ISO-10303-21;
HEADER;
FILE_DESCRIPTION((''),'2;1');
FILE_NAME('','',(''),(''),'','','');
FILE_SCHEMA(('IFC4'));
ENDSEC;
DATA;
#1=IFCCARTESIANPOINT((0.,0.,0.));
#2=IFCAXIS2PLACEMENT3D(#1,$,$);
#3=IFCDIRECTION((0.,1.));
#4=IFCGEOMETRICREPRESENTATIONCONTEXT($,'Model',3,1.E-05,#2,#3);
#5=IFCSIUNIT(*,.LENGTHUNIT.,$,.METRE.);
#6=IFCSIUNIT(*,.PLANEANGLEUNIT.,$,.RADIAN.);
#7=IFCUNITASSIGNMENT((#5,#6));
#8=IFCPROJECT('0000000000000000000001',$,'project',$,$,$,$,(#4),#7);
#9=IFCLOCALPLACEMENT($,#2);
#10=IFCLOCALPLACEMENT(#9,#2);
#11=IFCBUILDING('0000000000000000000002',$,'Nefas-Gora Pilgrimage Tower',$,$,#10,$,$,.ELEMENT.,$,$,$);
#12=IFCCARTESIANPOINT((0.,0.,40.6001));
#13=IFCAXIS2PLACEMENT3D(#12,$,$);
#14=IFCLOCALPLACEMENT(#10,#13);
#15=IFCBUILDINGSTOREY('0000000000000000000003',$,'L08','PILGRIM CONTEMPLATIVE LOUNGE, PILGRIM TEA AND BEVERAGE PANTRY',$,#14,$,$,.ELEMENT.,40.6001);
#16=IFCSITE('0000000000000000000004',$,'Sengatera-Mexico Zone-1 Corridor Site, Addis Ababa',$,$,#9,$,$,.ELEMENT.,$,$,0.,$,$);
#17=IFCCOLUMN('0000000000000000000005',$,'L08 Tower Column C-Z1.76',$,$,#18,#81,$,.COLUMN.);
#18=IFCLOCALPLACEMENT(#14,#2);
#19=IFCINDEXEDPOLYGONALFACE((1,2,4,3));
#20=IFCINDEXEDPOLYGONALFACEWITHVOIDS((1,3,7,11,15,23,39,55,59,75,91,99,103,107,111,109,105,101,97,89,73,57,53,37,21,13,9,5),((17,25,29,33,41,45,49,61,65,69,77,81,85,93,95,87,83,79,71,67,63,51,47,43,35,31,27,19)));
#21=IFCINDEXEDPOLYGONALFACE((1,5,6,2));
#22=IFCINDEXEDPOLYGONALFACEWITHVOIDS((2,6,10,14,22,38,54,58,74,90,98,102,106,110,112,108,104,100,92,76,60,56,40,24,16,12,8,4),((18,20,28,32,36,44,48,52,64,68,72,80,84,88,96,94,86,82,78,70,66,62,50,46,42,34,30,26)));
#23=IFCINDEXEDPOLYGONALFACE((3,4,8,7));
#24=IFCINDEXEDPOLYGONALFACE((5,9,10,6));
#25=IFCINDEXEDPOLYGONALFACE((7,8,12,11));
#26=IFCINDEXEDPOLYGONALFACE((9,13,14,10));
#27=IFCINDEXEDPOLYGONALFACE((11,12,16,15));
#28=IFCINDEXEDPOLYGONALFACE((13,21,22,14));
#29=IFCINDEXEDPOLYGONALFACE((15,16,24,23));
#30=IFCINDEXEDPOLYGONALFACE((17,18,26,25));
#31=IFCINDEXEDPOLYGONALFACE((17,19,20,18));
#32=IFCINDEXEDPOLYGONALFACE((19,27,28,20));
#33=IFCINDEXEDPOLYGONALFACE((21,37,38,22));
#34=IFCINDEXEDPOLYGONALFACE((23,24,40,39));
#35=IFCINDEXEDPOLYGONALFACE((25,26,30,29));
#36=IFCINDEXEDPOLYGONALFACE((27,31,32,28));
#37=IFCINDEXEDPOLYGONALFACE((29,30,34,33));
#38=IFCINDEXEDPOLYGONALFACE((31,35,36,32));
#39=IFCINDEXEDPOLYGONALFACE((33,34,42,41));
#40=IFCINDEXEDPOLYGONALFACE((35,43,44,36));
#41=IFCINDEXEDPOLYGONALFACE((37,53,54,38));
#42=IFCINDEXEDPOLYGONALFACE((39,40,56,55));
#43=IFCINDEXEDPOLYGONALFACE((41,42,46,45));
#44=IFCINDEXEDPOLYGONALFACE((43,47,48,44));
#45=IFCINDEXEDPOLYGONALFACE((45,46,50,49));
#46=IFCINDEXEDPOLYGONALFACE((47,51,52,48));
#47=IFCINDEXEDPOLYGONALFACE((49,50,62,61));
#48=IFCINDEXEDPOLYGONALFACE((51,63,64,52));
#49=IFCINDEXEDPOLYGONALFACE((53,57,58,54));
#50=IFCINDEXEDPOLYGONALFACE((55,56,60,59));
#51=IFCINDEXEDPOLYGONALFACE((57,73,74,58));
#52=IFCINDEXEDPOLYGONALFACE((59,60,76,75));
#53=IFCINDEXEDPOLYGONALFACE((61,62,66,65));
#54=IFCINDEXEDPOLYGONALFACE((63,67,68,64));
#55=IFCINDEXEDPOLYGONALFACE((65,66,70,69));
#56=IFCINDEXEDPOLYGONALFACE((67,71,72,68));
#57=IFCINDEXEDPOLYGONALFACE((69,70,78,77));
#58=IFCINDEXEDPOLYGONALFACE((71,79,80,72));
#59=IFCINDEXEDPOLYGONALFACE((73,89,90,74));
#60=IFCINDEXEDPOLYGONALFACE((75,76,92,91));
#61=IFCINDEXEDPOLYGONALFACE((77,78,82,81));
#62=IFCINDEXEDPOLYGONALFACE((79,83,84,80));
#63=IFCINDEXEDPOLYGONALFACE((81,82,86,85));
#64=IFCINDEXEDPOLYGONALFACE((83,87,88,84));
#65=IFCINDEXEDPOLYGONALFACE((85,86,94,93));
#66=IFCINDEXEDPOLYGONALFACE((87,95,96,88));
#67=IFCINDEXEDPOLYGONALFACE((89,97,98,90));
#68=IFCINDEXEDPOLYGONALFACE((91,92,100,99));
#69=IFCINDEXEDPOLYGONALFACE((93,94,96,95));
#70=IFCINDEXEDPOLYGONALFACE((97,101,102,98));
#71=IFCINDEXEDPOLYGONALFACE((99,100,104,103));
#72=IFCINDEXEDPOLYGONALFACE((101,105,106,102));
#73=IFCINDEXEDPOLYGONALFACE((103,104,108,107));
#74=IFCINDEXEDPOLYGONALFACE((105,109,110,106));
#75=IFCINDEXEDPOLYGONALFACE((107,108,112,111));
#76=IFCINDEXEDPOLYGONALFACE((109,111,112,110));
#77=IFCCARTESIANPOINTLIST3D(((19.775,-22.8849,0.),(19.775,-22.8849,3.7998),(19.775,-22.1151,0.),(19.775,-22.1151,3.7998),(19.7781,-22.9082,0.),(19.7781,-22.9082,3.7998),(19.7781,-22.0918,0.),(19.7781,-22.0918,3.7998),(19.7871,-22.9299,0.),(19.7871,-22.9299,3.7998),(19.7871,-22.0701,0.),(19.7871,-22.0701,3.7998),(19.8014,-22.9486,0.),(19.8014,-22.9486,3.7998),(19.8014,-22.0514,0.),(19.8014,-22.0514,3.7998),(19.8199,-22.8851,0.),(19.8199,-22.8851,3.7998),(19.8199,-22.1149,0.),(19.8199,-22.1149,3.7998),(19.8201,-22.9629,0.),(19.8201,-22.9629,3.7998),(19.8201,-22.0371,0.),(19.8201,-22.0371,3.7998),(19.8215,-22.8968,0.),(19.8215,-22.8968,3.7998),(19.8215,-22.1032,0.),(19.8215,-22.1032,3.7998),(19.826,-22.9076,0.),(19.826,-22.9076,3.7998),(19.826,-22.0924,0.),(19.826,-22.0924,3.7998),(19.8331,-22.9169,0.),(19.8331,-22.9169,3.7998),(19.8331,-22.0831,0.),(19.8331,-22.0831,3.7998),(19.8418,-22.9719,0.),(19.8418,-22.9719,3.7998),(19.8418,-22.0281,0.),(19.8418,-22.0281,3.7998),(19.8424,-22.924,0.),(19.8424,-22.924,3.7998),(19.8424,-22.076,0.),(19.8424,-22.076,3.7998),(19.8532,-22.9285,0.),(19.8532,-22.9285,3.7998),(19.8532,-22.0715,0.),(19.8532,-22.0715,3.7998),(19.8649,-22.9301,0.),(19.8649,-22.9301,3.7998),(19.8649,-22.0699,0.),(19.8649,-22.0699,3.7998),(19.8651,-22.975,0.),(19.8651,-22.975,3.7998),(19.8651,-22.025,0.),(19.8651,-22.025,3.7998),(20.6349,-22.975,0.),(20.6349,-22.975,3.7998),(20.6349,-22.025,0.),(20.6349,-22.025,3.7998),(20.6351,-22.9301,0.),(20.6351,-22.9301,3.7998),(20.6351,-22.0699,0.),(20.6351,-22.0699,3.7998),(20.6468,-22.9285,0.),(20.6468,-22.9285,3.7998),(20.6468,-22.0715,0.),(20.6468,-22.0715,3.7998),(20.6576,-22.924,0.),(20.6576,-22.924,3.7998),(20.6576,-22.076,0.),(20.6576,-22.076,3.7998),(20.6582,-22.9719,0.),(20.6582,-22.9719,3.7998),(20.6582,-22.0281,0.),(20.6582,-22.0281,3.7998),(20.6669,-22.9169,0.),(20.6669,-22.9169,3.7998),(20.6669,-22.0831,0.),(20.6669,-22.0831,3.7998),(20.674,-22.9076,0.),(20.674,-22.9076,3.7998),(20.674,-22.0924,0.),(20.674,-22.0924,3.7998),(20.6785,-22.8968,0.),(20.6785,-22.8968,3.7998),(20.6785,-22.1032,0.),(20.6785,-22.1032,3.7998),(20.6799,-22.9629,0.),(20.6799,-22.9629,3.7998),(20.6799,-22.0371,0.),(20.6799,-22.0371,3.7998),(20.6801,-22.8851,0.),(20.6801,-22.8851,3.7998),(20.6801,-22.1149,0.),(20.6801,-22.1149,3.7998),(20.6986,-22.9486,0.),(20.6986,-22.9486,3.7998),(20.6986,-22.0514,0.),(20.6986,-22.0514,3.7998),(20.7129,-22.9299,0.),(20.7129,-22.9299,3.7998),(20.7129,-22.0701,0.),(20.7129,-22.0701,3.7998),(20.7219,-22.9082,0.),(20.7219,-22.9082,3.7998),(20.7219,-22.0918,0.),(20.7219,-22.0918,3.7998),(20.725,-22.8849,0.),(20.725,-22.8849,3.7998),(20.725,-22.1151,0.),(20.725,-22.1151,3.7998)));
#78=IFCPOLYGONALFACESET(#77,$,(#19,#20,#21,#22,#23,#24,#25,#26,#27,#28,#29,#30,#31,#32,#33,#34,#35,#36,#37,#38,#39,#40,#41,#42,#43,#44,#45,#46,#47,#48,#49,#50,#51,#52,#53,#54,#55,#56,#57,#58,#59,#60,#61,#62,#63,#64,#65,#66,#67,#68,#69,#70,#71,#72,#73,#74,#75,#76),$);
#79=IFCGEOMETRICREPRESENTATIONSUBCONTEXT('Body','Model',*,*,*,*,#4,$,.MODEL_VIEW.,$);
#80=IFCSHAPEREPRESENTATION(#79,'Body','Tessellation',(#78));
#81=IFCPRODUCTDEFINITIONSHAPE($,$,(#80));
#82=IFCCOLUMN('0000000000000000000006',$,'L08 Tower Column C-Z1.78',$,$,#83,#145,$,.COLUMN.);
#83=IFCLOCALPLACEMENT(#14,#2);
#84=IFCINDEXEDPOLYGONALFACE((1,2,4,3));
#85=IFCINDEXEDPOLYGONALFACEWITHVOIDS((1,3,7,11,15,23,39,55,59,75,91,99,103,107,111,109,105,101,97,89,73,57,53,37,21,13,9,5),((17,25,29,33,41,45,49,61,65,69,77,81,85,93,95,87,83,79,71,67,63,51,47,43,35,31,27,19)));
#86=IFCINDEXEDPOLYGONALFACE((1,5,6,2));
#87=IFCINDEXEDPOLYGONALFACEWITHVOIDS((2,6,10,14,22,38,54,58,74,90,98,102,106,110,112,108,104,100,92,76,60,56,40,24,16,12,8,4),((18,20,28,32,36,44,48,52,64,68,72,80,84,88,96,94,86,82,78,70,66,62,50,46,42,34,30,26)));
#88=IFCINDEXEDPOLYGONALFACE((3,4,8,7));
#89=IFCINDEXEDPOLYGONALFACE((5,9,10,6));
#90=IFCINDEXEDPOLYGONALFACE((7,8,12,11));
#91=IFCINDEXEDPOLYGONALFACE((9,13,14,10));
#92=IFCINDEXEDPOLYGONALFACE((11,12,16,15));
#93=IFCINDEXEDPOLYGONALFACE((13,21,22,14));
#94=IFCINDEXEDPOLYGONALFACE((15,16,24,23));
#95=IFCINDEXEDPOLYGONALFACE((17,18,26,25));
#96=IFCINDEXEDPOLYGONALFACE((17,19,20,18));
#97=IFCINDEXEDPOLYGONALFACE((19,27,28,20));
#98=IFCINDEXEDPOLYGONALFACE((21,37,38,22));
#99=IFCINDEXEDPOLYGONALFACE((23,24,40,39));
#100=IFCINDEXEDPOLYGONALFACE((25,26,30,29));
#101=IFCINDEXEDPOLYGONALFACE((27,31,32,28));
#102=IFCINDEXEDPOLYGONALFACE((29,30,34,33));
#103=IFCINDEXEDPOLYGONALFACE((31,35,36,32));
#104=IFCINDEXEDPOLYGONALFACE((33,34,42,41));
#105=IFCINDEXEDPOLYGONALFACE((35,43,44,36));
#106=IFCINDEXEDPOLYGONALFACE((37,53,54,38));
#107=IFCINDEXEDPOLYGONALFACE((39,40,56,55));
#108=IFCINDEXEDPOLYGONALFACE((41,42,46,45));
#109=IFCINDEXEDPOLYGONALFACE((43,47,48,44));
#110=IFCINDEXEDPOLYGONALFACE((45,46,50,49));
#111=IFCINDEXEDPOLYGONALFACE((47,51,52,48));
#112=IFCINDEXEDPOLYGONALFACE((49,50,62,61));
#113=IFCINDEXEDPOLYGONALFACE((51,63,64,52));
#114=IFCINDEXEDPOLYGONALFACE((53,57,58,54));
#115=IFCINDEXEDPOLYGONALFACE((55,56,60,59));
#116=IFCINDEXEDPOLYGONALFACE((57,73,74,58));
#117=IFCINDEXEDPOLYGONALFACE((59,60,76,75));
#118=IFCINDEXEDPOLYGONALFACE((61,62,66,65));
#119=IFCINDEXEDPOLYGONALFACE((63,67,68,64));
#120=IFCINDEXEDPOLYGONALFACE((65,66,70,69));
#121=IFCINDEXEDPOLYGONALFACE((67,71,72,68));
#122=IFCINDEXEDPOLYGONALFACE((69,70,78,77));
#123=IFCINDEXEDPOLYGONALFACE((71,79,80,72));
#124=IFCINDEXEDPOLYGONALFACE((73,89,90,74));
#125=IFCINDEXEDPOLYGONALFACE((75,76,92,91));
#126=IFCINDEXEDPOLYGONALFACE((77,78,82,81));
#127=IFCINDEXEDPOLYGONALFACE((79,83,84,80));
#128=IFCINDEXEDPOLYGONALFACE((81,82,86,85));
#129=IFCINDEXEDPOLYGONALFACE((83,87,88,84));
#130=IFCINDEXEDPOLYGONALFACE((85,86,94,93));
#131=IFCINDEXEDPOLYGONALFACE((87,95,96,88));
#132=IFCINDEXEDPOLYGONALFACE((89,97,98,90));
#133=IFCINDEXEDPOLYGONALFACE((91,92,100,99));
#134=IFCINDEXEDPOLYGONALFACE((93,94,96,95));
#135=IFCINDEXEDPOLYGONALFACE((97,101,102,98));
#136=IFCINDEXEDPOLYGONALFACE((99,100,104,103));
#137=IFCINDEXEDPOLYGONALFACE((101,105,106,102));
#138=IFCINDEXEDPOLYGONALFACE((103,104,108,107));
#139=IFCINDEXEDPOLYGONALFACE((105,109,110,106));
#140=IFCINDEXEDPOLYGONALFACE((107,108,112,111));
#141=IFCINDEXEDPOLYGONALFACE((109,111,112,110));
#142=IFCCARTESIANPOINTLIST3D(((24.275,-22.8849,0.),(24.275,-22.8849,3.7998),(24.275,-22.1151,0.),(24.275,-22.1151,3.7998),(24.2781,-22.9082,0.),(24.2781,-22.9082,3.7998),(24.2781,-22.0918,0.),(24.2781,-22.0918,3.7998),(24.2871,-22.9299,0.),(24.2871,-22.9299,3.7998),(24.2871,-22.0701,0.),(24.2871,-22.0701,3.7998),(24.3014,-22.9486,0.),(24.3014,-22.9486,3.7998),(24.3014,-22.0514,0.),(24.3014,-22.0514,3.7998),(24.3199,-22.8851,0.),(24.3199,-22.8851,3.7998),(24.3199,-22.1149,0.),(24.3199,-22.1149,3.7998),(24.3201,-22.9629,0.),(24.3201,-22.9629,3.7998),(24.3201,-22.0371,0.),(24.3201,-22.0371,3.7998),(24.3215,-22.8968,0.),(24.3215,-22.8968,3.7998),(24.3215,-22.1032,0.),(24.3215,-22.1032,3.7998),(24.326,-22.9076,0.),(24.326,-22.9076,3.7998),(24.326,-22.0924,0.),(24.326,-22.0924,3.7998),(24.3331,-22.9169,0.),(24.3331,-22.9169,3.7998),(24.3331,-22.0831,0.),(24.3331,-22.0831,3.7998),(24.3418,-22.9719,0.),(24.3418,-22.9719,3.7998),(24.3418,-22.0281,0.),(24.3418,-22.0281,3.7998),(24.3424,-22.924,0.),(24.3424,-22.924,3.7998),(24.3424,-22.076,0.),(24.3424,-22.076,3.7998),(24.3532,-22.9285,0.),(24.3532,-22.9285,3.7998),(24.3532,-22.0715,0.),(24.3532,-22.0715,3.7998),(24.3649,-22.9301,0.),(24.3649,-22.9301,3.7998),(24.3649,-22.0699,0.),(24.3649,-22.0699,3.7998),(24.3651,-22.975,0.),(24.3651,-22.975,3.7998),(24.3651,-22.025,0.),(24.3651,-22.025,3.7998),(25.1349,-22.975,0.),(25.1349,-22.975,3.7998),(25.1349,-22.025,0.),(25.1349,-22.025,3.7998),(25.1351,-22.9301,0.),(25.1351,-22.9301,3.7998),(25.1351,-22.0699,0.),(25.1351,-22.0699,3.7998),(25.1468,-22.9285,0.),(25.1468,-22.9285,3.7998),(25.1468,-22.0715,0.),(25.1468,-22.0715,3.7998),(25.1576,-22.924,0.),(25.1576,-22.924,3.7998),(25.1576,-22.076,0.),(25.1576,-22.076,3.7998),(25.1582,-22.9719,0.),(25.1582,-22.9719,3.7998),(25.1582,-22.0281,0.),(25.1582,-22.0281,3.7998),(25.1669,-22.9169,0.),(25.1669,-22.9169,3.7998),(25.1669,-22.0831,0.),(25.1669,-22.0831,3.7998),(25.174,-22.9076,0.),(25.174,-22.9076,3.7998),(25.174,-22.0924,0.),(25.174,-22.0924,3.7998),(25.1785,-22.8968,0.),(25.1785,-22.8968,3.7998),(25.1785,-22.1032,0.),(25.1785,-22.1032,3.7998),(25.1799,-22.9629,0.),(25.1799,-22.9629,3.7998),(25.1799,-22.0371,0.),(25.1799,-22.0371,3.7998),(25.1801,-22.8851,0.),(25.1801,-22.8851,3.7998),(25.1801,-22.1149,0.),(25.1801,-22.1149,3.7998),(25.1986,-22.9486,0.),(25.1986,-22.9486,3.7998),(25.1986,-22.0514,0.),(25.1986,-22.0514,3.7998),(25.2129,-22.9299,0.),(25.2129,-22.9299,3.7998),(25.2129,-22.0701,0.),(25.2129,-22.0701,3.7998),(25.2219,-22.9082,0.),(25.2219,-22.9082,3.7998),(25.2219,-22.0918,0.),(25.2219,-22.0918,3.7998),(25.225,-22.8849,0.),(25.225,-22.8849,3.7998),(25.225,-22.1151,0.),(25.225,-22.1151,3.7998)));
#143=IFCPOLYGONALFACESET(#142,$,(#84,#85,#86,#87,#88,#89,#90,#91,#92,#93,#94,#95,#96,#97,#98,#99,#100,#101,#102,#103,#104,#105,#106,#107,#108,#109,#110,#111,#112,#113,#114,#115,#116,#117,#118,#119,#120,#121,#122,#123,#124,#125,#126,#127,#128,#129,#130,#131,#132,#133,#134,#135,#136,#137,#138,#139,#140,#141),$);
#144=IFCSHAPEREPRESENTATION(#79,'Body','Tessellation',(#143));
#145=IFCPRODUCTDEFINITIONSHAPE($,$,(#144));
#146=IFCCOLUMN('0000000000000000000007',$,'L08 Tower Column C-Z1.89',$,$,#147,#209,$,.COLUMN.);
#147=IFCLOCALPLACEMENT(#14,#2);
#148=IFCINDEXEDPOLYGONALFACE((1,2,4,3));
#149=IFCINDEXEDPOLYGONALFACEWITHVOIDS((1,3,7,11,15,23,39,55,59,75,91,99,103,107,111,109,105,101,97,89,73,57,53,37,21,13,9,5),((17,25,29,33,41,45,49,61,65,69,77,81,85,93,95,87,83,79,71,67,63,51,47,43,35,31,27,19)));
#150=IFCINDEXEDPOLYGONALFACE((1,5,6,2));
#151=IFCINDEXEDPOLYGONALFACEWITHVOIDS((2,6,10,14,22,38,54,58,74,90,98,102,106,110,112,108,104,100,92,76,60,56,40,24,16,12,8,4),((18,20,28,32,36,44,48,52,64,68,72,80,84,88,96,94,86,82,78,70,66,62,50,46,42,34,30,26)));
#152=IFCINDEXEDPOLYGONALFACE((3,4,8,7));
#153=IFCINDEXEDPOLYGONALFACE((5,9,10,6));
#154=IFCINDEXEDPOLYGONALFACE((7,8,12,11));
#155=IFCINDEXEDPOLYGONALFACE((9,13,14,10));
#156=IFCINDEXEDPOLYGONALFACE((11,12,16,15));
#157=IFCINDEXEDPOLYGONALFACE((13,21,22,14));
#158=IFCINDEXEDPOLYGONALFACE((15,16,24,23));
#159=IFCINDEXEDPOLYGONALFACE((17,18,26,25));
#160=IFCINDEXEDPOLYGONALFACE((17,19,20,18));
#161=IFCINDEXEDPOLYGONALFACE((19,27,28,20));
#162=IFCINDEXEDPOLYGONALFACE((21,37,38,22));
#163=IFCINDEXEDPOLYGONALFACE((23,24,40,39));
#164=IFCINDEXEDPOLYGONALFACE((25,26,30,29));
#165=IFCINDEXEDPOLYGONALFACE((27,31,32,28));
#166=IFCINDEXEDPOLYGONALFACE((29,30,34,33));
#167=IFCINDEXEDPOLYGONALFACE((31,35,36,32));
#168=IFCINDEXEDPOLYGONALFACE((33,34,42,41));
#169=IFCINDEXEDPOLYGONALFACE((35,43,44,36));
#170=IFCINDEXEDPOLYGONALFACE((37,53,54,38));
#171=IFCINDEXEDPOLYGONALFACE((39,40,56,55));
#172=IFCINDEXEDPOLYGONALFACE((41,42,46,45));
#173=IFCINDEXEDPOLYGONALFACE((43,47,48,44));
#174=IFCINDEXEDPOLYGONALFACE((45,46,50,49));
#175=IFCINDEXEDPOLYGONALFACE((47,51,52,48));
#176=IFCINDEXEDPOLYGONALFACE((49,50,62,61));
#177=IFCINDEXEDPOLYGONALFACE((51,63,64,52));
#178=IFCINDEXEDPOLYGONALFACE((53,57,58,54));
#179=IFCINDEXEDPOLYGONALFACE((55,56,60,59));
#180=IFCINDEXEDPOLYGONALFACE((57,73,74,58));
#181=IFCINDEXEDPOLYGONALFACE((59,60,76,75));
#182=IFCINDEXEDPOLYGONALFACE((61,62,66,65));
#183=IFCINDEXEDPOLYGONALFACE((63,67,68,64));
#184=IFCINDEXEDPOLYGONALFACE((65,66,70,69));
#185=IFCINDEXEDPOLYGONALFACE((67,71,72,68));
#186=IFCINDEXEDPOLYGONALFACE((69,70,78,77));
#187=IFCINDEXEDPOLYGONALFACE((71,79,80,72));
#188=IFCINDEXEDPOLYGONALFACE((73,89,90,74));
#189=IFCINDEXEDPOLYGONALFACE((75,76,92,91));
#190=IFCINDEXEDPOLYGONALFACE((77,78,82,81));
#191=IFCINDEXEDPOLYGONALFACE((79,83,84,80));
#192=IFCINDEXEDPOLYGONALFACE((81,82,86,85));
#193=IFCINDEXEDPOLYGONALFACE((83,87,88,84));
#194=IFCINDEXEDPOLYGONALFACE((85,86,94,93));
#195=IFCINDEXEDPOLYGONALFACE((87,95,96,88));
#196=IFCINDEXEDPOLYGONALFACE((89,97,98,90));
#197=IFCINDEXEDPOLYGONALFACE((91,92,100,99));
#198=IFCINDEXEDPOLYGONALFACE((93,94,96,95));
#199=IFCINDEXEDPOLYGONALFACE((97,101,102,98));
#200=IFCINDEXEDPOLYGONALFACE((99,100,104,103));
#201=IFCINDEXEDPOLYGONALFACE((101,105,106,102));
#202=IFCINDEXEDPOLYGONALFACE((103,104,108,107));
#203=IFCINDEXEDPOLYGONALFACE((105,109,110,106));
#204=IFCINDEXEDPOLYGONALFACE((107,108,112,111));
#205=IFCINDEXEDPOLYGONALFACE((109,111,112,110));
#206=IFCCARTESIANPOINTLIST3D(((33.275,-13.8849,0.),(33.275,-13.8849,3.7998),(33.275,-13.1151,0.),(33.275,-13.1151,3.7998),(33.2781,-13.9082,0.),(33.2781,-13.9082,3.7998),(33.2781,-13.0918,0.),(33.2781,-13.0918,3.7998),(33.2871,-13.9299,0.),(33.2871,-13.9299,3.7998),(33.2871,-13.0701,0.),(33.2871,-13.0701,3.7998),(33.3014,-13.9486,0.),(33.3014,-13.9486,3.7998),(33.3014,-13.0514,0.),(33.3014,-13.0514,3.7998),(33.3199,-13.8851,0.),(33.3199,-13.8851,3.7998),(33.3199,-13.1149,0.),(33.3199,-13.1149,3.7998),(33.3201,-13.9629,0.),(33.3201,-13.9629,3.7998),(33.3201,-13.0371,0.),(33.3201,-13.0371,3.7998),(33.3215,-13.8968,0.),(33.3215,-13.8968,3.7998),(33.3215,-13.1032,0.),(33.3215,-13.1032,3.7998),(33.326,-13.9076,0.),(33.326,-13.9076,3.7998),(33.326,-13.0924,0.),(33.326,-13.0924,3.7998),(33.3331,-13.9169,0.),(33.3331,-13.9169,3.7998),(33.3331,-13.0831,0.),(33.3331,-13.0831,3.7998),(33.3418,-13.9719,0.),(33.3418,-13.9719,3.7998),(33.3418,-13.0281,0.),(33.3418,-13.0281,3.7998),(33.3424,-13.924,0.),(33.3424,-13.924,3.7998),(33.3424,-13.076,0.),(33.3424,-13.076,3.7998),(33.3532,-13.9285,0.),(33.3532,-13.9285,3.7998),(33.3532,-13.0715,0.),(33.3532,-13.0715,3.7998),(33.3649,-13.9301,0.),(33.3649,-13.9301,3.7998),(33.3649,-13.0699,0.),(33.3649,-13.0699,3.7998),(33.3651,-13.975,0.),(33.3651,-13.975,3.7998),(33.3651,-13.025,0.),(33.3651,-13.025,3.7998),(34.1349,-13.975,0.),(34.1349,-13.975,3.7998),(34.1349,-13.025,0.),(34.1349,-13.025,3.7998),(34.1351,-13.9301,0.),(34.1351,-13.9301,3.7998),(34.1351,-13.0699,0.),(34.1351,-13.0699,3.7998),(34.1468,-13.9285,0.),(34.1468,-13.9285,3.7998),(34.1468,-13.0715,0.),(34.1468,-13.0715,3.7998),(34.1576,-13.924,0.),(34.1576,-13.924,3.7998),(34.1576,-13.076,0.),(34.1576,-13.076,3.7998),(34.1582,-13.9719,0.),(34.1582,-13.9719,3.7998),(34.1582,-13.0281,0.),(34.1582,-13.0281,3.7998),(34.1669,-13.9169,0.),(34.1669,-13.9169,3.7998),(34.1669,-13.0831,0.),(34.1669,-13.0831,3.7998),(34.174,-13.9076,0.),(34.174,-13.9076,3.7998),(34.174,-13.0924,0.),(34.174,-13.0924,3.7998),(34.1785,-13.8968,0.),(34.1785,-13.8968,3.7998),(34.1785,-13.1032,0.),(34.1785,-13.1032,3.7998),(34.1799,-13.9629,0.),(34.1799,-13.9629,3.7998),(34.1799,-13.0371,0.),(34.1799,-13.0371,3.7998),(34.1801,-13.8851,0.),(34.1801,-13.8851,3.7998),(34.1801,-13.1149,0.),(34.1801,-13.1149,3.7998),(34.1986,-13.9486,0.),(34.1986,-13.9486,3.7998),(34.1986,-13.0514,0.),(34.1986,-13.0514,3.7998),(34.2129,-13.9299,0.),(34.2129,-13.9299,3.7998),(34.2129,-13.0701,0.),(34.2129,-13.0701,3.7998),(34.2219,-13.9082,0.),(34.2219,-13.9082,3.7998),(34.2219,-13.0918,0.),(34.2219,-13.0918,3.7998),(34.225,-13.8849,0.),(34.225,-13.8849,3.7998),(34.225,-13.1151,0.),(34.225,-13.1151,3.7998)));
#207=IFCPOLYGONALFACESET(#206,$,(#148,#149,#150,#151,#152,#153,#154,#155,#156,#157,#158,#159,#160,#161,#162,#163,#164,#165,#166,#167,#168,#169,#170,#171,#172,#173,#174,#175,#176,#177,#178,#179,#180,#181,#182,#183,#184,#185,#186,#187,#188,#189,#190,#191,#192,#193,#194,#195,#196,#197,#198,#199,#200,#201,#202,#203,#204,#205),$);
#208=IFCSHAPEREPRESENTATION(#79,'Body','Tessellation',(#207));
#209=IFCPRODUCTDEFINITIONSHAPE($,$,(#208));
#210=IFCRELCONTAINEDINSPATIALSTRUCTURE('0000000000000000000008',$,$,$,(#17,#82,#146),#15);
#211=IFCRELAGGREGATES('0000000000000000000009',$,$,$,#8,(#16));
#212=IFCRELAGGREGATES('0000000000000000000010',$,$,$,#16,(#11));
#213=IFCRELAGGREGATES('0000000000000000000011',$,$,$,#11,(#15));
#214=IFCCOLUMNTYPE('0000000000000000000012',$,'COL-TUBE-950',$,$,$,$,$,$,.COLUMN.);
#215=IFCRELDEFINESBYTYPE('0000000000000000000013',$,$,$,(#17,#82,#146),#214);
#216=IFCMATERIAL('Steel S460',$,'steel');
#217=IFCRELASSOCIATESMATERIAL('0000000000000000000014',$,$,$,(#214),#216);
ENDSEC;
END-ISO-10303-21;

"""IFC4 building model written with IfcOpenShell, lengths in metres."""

from ifc_helpers import new_model, si_unit, direction, frame, origin, origin_2d, place, context, subcontext, project, spatial, hollow_rectangle, extrude, source, transform, mapped, material, material_profile, profile_set, type_object, element, save


model = new_model("IFC4")

# Units and contexts
model_context = context("Model", 3, precision=1e-05, world=origin(), true_north=direction((0.0, 1.0)))
body_context = subcontext(model_context, "Body", "Model", "MODEL_VIEW")
ifc_project = project(units=[si_unit("LENGTHUNIT", "METRE"), si_unit("PLANEANGLEUNIT", "RADIAN")], contexts=[model_context])

# Site, building, storey
site_placement = place(None, origin())
site = spatial("IfcSite", under=ifc_project, at=site_placement, Name="Sengatera-Mexico Zone-1 Corridor Site, Addis Ababa", CompositionType="ELEMENT", RefElevation=0.0)
building_placement = place(site_placement, origin())
building = spatial("IfcBuilding", under=site, at=building_placement, Name="Nefas-Gora Pilgrimage Tower", CompositionType="ELEMENT")
storey_placement = place(building_placement, frame((0.0, 0.0, 40.6001)))
storey = spatial("IfcBuildingStorey", under=building, at=storey_placement, Name="L08", Description="PILGRIM CONTEMPLATIVE LOUNGE, PILGRIM TEA AND BEVERAGE PANTRY", CompositionType="ELEMENT", Elevation=40.6001)

# Columns
ifc_material_1 = material(Name="Steel S460", Category="steel")
ifc_material_profile_1 = material_profile(ifc_material_1, hollow_rectangle(XDim=0.95, YDim=0.95, WallThickness=0.0449, InnerFilletRadius=0.0449, OuterFilletRadius=0.0901, at=origin_2d()), Name="BOX 950x950x45")
ifc_profile_set_1 = profile_set([ifc_material_profile_1], Name="Steel S460")
column_type_1 = type_object("IfcColumnType", Name="COL-TUBE-950", PredefinedType="COLUMN", material=ifc_profile_set_1)
shared_shape_1 = source(origin(), body_context, "Body", "SweptSolid", [
    extrude(hollow_rectangle(XDim=0.95, YDim=0.95, WallThickness=0.0449, InnerFilletRadius=0.0449, OuterFilletRadius=0.0901, at=origin_2d()), origin(), (0.0, 0.0, 1.0), 3.7998),
])
for number, where, z_axis, x_axis, name in (
    (1, (20.25, -22.5, 0.0), (0.0, 0.0, 1.0), (1.0, 0.0, 0.0), "L08 Tower Column C-Z1.76"),
    (2, (24.75, -22.5, 0.0), (0.0, 0.0, 1.0), (1.0, 0.0, 0.0), "L08 Tower Column C-Z1.78"),
    (3, (33.75, -13.5, 0.0), (0.0, 0.0, 1.0), (1.0, 0.0, 0.0), "L08 Tower Column C-Z1.89"),
):
    element("IfcColumn", number, at=place(storey_placement, frame(where, z_axis=z_axis, x_axis=x_axis)), inside=storey, type_object=column_type_1, Name=name, PredefinedType="COLUMN", context=body_context, shape_type="MappedRepresentation", body=[
        mapped(shared_shape_1, transform((0.0, 0.0, 0.0), x_axis=(1.0, 0.0, 0.0), y_axis=(0.0, 1.0, 0.0), z_axis=(0.0, 0.0, 1.0), scale=1.0)),
    ])

save(model, "model.ifc")
